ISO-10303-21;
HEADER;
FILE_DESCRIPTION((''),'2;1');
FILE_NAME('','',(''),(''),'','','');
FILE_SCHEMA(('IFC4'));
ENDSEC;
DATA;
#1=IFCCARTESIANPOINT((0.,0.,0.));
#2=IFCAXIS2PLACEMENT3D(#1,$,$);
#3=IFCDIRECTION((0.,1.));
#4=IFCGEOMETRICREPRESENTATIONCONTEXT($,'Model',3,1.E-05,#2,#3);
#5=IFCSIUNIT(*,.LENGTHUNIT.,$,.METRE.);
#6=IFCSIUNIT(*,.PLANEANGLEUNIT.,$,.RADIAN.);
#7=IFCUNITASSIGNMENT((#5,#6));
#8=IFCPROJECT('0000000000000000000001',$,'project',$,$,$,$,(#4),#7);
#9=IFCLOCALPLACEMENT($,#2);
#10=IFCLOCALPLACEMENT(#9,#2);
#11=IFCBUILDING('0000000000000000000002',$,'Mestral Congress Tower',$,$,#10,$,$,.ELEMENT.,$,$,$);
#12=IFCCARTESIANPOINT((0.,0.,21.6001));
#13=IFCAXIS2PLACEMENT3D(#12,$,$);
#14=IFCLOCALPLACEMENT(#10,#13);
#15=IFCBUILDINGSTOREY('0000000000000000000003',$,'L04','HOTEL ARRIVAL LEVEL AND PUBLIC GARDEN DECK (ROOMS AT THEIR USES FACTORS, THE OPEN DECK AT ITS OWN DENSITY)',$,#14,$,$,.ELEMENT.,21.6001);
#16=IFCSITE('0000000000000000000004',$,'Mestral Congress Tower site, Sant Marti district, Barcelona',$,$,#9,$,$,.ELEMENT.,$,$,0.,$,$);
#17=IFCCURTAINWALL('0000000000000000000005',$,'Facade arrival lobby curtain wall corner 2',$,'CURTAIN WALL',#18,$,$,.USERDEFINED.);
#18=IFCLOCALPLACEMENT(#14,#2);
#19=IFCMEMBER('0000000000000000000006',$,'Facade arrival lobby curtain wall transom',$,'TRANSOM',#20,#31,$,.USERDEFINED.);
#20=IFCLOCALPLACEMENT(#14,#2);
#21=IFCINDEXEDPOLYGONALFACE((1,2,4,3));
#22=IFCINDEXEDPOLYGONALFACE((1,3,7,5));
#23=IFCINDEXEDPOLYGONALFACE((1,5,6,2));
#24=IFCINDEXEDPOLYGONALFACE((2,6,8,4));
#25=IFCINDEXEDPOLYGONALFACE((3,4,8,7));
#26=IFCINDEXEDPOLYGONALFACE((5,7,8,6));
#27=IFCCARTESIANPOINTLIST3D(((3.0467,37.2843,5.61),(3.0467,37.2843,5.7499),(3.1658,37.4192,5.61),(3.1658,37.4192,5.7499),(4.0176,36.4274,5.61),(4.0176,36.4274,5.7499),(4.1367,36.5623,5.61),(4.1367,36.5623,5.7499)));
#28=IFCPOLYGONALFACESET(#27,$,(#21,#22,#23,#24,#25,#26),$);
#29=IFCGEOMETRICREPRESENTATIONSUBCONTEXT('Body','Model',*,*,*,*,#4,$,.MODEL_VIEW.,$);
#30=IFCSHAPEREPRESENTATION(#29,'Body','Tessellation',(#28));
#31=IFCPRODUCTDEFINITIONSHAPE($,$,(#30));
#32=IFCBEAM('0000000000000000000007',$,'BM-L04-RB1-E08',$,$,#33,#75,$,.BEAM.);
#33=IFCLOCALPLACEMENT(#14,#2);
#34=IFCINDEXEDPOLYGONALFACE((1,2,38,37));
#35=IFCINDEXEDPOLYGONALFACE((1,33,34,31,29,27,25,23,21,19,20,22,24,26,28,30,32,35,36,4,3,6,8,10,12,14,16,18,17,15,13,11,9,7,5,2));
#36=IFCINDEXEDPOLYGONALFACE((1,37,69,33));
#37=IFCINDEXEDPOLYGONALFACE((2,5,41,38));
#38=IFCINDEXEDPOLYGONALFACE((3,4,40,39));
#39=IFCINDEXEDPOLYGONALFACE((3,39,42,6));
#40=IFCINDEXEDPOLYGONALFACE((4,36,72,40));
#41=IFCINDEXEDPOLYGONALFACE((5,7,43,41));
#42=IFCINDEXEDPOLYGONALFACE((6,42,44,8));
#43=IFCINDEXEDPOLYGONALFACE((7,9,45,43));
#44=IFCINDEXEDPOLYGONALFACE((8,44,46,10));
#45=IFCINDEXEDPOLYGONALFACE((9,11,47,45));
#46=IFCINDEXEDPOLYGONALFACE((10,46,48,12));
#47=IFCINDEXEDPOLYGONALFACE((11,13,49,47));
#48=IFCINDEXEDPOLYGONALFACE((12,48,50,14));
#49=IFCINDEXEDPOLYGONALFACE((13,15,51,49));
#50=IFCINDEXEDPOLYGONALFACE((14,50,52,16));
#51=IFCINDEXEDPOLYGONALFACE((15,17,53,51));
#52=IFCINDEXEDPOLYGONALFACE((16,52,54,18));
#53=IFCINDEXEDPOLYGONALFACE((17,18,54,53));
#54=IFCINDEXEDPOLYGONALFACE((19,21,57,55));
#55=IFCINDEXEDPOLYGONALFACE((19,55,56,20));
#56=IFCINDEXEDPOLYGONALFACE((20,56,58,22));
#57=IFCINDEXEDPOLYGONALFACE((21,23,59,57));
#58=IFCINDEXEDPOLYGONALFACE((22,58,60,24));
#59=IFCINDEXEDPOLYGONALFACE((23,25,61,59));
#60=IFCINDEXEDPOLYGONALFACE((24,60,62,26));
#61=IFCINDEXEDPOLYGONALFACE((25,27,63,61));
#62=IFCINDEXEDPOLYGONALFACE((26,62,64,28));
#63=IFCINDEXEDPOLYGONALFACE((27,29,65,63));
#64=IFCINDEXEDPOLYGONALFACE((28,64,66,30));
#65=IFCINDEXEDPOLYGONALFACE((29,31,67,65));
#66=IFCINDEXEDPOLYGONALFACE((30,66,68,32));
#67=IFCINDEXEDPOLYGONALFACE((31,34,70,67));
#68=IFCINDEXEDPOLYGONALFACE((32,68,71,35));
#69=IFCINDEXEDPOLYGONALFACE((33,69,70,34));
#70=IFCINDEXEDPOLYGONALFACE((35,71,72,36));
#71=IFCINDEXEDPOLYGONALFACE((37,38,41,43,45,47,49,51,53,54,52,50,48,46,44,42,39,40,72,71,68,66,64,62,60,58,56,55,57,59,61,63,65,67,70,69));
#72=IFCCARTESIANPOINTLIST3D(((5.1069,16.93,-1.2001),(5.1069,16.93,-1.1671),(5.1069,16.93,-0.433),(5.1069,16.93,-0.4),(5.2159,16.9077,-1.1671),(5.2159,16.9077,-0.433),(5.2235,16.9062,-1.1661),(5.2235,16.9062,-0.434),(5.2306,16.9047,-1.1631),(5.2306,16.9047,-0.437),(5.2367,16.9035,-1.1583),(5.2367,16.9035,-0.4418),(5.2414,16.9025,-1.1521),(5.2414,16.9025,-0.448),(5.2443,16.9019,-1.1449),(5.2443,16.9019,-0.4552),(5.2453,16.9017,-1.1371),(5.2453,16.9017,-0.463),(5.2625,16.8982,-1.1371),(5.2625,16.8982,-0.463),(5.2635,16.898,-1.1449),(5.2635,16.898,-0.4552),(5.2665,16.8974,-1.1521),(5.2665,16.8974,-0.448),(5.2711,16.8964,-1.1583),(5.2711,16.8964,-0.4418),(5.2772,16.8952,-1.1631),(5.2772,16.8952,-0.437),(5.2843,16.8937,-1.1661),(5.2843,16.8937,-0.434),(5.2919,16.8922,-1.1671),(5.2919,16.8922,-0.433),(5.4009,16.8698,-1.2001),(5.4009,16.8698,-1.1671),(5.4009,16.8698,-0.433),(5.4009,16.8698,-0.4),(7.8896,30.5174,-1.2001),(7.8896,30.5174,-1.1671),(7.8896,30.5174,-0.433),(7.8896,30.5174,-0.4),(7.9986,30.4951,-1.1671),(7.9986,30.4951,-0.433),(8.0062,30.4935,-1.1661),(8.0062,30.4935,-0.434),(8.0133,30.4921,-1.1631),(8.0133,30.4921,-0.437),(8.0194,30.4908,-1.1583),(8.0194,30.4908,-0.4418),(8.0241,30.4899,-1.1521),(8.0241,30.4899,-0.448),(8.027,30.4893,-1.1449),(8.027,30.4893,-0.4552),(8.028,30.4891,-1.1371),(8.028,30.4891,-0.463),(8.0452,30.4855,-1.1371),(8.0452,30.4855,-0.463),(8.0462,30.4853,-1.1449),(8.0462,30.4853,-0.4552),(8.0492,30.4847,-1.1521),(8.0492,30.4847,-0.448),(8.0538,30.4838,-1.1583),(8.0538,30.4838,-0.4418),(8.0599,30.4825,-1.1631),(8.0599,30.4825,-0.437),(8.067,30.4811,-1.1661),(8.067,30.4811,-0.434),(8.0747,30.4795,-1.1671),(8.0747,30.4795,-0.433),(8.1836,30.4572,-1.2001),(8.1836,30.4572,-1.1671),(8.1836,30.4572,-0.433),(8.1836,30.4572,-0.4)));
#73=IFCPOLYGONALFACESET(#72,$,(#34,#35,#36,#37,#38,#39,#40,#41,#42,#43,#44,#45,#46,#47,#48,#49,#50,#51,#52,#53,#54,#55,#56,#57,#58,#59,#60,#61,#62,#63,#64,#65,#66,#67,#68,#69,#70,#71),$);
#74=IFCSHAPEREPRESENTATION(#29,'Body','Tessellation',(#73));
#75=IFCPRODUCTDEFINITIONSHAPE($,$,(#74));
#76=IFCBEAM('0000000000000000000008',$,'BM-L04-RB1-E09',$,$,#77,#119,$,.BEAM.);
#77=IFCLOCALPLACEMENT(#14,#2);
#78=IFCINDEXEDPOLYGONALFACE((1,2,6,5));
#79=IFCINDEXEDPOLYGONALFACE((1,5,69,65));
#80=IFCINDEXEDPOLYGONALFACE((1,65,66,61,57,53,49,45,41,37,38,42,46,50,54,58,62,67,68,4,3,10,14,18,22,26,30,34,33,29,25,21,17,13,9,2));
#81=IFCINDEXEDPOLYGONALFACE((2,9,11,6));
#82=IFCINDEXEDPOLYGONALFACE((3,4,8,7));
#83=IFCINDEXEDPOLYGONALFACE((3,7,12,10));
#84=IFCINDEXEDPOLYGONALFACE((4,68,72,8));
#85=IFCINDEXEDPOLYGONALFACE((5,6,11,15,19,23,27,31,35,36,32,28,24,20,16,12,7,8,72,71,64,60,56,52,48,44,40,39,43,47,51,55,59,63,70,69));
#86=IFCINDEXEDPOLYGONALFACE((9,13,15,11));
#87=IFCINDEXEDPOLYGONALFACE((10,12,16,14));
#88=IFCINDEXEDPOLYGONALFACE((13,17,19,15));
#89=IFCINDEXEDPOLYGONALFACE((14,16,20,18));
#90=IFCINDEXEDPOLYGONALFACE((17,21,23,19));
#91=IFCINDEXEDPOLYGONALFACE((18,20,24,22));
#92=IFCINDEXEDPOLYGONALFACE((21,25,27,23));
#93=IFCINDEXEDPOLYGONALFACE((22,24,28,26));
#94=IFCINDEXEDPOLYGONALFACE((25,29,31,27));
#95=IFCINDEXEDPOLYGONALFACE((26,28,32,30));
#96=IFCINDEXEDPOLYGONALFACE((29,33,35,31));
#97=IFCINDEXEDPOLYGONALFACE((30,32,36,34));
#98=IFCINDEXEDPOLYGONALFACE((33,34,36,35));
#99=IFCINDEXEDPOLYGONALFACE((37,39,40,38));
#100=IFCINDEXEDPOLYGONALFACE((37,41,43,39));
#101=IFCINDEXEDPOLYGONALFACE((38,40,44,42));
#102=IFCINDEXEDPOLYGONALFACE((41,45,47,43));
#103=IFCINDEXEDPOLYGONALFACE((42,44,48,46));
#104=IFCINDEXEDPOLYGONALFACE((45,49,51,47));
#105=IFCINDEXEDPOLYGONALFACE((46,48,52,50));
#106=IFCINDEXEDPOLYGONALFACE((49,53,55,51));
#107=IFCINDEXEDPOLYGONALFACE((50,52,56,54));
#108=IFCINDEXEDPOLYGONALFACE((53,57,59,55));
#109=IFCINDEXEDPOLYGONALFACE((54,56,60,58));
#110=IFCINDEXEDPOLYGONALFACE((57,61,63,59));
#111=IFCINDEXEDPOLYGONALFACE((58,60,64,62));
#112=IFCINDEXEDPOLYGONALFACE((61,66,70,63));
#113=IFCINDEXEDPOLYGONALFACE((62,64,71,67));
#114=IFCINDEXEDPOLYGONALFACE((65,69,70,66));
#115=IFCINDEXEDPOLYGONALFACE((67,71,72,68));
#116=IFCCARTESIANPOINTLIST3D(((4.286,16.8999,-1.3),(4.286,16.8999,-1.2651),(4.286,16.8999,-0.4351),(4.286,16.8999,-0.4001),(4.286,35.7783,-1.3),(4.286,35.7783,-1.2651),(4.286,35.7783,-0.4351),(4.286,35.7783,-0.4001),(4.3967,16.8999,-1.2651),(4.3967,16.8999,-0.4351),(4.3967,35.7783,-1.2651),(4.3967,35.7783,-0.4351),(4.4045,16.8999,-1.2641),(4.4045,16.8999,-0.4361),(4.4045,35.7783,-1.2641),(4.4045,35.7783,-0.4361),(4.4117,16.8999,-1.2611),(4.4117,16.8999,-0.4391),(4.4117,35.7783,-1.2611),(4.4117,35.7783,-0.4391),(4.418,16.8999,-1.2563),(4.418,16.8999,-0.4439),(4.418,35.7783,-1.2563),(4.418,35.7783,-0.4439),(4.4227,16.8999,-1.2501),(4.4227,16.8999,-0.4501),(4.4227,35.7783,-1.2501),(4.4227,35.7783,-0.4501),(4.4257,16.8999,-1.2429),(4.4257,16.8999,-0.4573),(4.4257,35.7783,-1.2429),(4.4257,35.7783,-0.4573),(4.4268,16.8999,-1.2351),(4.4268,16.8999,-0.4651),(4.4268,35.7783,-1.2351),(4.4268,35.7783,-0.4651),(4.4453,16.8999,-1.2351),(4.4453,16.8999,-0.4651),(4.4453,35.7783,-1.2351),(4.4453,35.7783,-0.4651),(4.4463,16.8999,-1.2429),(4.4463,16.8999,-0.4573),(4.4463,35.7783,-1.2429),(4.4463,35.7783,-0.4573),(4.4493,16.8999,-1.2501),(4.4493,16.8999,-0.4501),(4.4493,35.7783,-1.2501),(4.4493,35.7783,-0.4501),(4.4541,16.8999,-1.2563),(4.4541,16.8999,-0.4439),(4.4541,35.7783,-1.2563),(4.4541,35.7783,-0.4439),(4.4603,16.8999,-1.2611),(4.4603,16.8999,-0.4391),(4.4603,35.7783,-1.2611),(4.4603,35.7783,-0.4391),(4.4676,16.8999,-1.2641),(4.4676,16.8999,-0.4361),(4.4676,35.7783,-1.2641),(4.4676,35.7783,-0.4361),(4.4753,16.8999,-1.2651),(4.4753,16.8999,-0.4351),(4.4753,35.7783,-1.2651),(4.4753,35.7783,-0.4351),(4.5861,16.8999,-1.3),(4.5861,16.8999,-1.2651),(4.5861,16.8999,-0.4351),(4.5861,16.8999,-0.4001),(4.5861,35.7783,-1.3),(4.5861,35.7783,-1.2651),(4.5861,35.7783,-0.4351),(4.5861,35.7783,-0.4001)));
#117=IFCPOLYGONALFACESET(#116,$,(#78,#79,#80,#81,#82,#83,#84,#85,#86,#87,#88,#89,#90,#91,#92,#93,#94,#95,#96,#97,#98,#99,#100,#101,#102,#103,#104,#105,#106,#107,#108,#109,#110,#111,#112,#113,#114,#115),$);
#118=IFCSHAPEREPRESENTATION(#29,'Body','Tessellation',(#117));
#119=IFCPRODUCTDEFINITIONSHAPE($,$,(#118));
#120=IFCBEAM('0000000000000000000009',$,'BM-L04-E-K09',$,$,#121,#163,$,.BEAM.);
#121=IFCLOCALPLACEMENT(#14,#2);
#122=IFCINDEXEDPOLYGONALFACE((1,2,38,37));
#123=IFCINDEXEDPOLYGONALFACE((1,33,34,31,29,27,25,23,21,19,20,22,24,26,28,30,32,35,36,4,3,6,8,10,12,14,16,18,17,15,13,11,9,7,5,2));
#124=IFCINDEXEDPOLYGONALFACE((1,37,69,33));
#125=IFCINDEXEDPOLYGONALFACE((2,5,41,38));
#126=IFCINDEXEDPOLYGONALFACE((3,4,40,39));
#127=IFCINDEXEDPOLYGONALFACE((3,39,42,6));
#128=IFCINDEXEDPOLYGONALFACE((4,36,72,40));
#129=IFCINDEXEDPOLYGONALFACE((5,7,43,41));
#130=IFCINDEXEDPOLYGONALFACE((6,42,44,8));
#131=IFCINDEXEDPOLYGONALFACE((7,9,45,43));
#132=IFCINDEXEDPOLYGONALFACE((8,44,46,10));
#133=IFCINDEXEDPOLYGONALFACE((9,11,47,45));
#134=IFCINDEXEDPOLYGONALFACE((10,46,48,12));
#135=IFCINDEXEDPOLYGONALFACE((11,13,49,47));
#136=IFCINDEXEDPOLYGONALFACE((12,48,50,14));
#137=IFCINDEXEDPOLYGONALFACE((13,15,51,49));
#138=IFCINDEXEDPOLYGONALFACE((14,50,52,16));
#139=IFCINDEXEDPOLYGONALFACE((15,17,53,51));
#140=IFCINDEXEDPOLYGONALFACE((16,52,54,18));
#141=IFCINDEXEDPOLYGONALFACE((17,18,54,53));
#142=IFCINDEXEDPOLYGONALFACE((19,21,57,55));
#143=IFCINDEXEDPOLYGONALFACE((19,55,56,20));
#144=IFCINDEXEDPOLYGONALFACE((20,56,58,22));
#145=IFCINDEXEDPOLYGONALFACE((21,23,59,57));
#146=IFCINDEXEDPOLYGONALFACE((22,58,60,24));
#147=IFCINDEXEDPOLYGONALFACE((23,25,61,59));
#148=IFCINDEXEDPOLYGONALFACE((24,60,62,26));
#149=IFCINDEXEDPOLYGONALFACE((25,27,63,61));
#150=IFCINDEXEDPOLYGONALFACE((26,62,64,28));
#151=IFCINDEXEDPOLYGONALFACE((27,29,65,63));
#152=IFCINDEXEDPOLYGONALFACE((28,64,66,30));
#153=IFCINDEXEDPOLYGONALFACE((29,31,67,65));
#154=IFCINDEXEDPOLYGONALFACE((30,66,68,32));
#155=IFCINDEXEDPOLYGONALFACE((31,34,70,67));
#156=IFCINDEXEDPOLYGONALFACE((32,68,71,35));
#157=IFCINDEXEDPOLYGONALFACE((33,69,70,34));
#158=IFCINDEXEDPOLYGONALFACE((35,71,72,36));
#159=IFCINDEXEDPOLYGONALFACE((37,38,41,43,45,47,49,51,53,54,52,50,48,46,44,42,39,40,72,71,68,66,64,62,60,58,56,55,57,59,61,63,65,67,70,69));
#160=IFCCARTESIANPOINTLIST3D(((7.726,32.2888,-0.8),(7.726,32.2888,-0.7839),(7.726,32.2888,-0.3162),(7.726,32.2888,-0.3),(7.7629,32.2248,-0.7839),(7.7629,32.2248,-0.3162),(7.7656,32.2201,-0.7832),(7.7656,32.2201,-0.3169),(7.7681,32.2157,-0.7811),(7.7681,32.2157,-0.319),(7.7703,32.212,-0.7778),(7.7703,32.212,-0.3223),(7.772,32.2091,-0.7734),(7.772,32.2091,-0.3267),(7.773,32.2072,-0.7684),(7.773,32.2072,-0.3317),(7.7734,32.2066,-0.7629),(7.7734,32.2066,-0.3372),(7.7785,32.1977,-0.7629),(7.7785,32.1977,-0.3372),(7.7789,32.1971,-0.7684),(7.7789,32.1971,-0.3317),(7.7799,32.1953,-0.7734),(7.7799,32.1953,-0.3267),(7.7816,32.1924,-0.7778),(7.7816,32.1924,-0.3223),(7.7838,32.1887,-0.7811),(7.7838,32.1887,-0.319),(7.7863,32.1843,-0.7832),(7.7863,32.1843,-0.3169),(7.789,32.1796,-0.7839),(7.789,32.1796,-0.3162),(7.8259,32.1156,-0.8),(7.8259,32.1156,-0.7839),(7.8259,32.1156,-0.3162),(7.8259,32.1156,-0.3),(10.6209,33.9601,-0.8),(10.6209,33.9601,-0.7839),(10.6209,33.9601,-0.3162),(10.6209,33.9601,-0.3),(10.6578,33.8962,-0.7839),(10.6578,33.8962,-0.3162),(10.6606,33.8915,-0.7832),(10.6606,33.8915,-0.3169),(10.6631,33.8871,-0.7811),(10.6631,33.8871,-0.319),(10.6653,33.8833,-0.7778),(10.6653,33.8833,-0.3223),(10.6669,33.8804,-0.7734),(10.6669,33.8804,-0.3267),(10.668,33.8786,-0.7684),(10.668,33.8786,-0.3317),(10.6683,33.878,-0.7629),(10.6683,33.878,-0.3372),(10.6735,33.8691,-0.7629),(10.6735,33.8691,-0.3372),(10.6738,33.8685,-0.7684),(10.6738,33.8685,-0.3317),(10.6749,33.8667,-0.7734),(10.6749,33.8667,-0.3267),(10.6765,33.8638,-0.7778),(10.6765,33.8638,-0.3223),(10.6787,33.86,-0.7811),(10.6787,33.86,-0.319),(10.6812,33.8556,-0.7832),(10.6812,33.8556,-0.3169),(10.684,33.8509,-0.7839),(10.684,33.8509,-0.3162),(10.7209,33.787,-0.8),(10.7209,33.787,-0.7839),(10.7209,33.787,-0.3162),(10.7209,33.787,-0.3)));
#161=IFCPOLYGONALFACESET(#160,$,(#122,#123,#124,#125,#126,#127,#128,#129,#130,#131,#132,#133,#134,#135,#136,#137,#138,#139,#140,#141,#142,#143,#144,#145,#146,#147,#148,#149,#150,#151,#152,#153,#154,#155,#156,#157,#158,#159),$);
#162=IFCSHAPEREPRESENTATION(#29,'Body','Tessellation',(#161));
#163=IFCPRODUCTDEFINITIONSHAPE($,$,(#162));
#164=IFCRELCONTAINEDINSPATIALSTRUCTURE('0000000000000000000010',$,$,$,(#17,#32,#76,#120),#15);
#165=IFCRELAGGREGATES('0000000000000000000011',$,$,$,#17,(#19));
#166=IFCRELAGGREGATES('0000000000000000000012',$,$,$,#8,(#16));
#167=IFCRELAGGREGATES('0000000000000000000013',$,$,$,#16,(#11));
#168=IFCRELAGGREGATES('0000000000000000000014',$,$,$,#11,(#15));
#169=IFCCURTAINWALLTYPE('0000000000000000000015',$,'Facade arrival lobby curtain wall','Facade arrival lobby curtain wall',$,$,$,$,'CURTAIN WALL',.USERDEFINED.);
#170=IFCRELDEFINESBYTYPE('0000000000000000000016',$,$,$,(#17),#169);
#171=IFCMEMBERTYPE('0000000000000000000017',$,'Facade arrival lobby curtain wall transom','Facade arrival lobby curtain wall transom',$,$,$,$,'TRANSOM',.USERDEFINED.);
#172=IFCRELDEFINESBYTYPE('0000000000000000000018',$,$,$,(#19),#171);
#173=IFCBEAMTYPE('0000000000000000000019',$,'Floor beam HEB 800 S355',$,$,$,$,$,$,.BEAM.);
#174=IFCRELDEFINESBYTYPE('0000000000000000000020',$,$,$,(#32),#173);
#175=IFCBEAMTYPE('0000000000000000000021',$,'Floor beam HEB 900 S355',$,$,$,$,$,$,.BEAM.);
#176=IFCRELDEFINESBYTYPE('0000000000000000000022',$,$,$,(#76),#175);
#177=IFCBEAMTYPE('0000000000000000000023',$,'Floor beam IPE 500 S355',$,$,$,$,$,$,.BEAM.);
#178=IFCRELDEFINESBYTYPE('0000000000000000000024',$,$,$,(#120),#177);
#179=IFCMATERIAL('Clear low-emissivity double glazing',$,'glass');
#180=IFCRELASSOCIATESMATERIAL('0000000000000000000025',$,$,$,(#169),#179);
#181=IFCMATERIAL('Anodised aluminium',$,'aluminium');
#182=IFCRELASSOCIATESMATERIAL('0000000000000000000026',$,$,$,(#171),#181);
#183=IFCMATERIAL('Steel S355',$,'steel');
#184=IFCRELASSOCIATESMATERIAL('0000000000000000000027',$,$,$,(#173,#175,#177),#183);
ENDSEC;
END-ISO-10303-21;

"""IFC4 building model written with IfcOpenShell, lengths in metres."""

from ifc_helpers import new_model, si_unit, direction, frame, origin, origin_2d, place, context, subcontext, project, spatial, rectangle, i_section, extrude, material, material_profile, profile_set, type_object, element, aggregate, save


model = new_model("IFC4")

# Units and contexts
model_context = context("Model", 3, precision=1e-05, world=origin(), true_north=direction((0.0, 1.0)))
body_context = subcontext(model_context, "Body", "Model", "MODEL_VIEW")
ifc_project = project(units=[si_unit("LENGTHUNIT", "METRE"), si_unit("PLANEANGLEUNIT", "RADIAN")], contexts=[model_context])

# Site, building, storey
site_placement = place(None, origin())
site = spatial("IfcSite", under=ifc_project, at=site_placement, Name="Mestral Congress Tower site, Sant Marti district, Barcelona", CompositionType="ELEMENT", RefElevation=0.0)
building_placement = place(site_placement, origin())
building = spatial("IfcBuilding", under=site, at=building_placement, Name="Mestral Congress Tower", CompositionType="ELEMENT")
storey_placement = place(building_placement, frame((0.0, 0.0, 21.6001)))
storey = spatial("IfcBuildingStorey", under=building, at=storey_placement, Name="L04", Description="HOTEL ARRIVAL LEVEL AND PUBLIC GARDEN DECK (ROOMS AT THEIR USES FACTORS, THE OPEN DECK AT ITS OWN DENSITY)", CompositionType="ELEMENT", Elevation=21.6001)

# Shared definitions
ifc_material_1 = material(Name="Clear low-emissivity double glazing", Category="glass")
curtain_wall_type = type_object("IfcCurtainWallType", Name="Facade arrival lobby curtain wall", Description="Facade arrival lobby curtain wall", ElementType="CURTAIN WALL", PredefinedType="USERDEFINED", material=ifc_material_1)
placement = place(storey_placement, origin())
ifc_material_2 = material(Name="Anodised aluminium", Category="aluminium")

# Curtain wall
curtain_wall_1 = element("IfcCurtainWall", 1, at=placement, inside=storey, type_object=curtain_wall_type, Name="Facade arrival lobby curtain wall corner 2", ObjectType="CURTAIN WALL", PredefinedType="USERDEFINED")

# Member
ifc_material_profile_1 = material_profile(ifc_material_2, rectangle(XDim=0.1799, YDim=0.1399, at=origin_2d()), Name="CW4 transom 180 x 140")
ifc_profile_set_1 = profile_set([ifc_material_profile_1], Name="Anodised aluminium")
member_type_1 = type_object("IfcMemberType", Name="Facade arrival lobby curtain wall transom", Description="Facade arrival lobby curtain wall transom", ElementType="TRANSOM", PredefinedType="USERDEFINED", material=ifc_profile_set_1)
member_1_placement = place(storey_placement, frame((4.0771, 36.4949, 5.6799), z_axis=(-0.749755, 0.661715, 0.0), x_axis=(-0.661715, -0.749755, 0.0)))
member_1 = element("IfcMember", 2, at=member_1_placement, type_object=member_type_1, Name="Facade arrival lobby curtain wall transom", ObjectType="TRANSOM", PredefinedType="USERDEFINED", context=body_context, shape_type="SweptSolid", body=[
    extrude(rectangle(XDim=0.1799, YDim=0.1399, at=origin_2d()), origin(), (0.0, 0.0, 1.0), 1.2949),
])

# Beams
ifc_material_3 = material(Name="Steel S355", Category="steel")
ifc_material_profile_2 = material_profile(ifc_material_3, i_section(OverallWidth=0.3, OverallDepth=0.8, WebThickness=0.0176, FlangeThickness=0.033, FilletRadius=0.03, at=origin_2d()), Name="HEB 800")
ifc_profile_set_2 = profile_set([ifc_material_profile_2], Name="Steel S355")
beam_type_1 = type_object("IfcBeamType", Name="Floor beam HEB 800 S355", PredefinedType="BEAM", material=ifc_profile_set_2)
beam_1_placement = place(storey_placement, frame((8.0366, 30.4873, -0.8), z_axis=(-0.200637, -0.979666, 0.0), x_axis=(0.979666, -0.200637, 0.0)))
element("IfcBeam", 3, at=beam_1_placement, inside=storey, type_object=beam_type_1, Name="BM-L04-RB1-E08", PredefinedType="BEAM", context=body_context, shape_type="SweptSolid", body=[
    extrude(i_section(OverallWidth=0.3, OverallDepth=0.8, WebThickness=0.0176, FlangeThickness=0.033, FilletRadius=0.03, at=origin_2d()), origin(), (0.0, 0.0, 1.0), 13.8694),
])
ifc_material_profile_3 = material_profile(ifc_material_3, i_section(OverallWidth=0.3, OverallDepth=0.8999, WebThickness=0.0186, FlangeThickness=0.0349, FilletRadius=0.03, at=origin_2d()), Name="HEB 900")
ifc_profile_set_3 = profile_set([ifc_material_profile_3], Name="Steel S355")
beam_type_2 = type_object("IfcBeamType", Name="Floor beam HEB 900 S355", PredefinedType="BEAM", material=ifc_profile_set_3)
beam_2_placement = place(storey_placement, frame((4.436, 35.7783, -0.8501), z_axis=(0.0, -1.0, 0.0), x_axis=(1.0, 0.0, 0.0)))
element("IfcBeam", 4, at=beam_2_placement, inside=storey, type_object=beam_type_2, Name="BM-L04-RB1-E09", PredefinedType="BEAM", context=body_context, shape_type="SweptSolid", body=[
    extrude(i_section(OverallWidth=0.3, OverallDepth=0.8999, WebThickness=0.0186, FlangeThickness=0.0349, FilletRadius=0.03, at=origin_2d()), origin(), (0.0, 0.0, 1.0), 18.8784),
])
ifc_material_profile_4 = material_profile(ifc_material_3, i_section(OverallWidth=0.2, OverallDepth=0.5, WebThickness=0.0103, FlangeThickness=0.0161, FilletRadius=0.021, at=origin_2d()), Name="IPE 500")
ifc_profile_set_4 = profile_set([ifc_material_profile_4], Name="Steel S355")
beam_type_3 = type_object("IfcBeamType", Name="Floor beam IPE 500 S355", PredefinedType="BEAM", material=ifc_profile_set_4)
beam_3_placement = place(storey_placement, frame((10.6709, 33.8735, -0.55), z_axis=(-0.866032, -0.499988, 0.0), x_axis=(0.499988, -0.866032, 0.0)))
element("IfcBeam", 5, at=beam_3_placement, inside=storey, type_object=beam_type_3, Name="BM-L04-E-K09", PredefinedType="BEAM", context=body_context, shape_type="SweptSolid", body=[
    extrude(i_section(OverallWidth=0.2, OverallDepth=0.5, WebThickness=0.0103, FlangeThickness=0.0161, FilletRadius=0.021, at=origin_2d()), origin(), (0.0, 0.0, 1.0), 3.3428),
])

aggregate(curtain_wall_1, [member_1])

save(model, "model.ifc")
